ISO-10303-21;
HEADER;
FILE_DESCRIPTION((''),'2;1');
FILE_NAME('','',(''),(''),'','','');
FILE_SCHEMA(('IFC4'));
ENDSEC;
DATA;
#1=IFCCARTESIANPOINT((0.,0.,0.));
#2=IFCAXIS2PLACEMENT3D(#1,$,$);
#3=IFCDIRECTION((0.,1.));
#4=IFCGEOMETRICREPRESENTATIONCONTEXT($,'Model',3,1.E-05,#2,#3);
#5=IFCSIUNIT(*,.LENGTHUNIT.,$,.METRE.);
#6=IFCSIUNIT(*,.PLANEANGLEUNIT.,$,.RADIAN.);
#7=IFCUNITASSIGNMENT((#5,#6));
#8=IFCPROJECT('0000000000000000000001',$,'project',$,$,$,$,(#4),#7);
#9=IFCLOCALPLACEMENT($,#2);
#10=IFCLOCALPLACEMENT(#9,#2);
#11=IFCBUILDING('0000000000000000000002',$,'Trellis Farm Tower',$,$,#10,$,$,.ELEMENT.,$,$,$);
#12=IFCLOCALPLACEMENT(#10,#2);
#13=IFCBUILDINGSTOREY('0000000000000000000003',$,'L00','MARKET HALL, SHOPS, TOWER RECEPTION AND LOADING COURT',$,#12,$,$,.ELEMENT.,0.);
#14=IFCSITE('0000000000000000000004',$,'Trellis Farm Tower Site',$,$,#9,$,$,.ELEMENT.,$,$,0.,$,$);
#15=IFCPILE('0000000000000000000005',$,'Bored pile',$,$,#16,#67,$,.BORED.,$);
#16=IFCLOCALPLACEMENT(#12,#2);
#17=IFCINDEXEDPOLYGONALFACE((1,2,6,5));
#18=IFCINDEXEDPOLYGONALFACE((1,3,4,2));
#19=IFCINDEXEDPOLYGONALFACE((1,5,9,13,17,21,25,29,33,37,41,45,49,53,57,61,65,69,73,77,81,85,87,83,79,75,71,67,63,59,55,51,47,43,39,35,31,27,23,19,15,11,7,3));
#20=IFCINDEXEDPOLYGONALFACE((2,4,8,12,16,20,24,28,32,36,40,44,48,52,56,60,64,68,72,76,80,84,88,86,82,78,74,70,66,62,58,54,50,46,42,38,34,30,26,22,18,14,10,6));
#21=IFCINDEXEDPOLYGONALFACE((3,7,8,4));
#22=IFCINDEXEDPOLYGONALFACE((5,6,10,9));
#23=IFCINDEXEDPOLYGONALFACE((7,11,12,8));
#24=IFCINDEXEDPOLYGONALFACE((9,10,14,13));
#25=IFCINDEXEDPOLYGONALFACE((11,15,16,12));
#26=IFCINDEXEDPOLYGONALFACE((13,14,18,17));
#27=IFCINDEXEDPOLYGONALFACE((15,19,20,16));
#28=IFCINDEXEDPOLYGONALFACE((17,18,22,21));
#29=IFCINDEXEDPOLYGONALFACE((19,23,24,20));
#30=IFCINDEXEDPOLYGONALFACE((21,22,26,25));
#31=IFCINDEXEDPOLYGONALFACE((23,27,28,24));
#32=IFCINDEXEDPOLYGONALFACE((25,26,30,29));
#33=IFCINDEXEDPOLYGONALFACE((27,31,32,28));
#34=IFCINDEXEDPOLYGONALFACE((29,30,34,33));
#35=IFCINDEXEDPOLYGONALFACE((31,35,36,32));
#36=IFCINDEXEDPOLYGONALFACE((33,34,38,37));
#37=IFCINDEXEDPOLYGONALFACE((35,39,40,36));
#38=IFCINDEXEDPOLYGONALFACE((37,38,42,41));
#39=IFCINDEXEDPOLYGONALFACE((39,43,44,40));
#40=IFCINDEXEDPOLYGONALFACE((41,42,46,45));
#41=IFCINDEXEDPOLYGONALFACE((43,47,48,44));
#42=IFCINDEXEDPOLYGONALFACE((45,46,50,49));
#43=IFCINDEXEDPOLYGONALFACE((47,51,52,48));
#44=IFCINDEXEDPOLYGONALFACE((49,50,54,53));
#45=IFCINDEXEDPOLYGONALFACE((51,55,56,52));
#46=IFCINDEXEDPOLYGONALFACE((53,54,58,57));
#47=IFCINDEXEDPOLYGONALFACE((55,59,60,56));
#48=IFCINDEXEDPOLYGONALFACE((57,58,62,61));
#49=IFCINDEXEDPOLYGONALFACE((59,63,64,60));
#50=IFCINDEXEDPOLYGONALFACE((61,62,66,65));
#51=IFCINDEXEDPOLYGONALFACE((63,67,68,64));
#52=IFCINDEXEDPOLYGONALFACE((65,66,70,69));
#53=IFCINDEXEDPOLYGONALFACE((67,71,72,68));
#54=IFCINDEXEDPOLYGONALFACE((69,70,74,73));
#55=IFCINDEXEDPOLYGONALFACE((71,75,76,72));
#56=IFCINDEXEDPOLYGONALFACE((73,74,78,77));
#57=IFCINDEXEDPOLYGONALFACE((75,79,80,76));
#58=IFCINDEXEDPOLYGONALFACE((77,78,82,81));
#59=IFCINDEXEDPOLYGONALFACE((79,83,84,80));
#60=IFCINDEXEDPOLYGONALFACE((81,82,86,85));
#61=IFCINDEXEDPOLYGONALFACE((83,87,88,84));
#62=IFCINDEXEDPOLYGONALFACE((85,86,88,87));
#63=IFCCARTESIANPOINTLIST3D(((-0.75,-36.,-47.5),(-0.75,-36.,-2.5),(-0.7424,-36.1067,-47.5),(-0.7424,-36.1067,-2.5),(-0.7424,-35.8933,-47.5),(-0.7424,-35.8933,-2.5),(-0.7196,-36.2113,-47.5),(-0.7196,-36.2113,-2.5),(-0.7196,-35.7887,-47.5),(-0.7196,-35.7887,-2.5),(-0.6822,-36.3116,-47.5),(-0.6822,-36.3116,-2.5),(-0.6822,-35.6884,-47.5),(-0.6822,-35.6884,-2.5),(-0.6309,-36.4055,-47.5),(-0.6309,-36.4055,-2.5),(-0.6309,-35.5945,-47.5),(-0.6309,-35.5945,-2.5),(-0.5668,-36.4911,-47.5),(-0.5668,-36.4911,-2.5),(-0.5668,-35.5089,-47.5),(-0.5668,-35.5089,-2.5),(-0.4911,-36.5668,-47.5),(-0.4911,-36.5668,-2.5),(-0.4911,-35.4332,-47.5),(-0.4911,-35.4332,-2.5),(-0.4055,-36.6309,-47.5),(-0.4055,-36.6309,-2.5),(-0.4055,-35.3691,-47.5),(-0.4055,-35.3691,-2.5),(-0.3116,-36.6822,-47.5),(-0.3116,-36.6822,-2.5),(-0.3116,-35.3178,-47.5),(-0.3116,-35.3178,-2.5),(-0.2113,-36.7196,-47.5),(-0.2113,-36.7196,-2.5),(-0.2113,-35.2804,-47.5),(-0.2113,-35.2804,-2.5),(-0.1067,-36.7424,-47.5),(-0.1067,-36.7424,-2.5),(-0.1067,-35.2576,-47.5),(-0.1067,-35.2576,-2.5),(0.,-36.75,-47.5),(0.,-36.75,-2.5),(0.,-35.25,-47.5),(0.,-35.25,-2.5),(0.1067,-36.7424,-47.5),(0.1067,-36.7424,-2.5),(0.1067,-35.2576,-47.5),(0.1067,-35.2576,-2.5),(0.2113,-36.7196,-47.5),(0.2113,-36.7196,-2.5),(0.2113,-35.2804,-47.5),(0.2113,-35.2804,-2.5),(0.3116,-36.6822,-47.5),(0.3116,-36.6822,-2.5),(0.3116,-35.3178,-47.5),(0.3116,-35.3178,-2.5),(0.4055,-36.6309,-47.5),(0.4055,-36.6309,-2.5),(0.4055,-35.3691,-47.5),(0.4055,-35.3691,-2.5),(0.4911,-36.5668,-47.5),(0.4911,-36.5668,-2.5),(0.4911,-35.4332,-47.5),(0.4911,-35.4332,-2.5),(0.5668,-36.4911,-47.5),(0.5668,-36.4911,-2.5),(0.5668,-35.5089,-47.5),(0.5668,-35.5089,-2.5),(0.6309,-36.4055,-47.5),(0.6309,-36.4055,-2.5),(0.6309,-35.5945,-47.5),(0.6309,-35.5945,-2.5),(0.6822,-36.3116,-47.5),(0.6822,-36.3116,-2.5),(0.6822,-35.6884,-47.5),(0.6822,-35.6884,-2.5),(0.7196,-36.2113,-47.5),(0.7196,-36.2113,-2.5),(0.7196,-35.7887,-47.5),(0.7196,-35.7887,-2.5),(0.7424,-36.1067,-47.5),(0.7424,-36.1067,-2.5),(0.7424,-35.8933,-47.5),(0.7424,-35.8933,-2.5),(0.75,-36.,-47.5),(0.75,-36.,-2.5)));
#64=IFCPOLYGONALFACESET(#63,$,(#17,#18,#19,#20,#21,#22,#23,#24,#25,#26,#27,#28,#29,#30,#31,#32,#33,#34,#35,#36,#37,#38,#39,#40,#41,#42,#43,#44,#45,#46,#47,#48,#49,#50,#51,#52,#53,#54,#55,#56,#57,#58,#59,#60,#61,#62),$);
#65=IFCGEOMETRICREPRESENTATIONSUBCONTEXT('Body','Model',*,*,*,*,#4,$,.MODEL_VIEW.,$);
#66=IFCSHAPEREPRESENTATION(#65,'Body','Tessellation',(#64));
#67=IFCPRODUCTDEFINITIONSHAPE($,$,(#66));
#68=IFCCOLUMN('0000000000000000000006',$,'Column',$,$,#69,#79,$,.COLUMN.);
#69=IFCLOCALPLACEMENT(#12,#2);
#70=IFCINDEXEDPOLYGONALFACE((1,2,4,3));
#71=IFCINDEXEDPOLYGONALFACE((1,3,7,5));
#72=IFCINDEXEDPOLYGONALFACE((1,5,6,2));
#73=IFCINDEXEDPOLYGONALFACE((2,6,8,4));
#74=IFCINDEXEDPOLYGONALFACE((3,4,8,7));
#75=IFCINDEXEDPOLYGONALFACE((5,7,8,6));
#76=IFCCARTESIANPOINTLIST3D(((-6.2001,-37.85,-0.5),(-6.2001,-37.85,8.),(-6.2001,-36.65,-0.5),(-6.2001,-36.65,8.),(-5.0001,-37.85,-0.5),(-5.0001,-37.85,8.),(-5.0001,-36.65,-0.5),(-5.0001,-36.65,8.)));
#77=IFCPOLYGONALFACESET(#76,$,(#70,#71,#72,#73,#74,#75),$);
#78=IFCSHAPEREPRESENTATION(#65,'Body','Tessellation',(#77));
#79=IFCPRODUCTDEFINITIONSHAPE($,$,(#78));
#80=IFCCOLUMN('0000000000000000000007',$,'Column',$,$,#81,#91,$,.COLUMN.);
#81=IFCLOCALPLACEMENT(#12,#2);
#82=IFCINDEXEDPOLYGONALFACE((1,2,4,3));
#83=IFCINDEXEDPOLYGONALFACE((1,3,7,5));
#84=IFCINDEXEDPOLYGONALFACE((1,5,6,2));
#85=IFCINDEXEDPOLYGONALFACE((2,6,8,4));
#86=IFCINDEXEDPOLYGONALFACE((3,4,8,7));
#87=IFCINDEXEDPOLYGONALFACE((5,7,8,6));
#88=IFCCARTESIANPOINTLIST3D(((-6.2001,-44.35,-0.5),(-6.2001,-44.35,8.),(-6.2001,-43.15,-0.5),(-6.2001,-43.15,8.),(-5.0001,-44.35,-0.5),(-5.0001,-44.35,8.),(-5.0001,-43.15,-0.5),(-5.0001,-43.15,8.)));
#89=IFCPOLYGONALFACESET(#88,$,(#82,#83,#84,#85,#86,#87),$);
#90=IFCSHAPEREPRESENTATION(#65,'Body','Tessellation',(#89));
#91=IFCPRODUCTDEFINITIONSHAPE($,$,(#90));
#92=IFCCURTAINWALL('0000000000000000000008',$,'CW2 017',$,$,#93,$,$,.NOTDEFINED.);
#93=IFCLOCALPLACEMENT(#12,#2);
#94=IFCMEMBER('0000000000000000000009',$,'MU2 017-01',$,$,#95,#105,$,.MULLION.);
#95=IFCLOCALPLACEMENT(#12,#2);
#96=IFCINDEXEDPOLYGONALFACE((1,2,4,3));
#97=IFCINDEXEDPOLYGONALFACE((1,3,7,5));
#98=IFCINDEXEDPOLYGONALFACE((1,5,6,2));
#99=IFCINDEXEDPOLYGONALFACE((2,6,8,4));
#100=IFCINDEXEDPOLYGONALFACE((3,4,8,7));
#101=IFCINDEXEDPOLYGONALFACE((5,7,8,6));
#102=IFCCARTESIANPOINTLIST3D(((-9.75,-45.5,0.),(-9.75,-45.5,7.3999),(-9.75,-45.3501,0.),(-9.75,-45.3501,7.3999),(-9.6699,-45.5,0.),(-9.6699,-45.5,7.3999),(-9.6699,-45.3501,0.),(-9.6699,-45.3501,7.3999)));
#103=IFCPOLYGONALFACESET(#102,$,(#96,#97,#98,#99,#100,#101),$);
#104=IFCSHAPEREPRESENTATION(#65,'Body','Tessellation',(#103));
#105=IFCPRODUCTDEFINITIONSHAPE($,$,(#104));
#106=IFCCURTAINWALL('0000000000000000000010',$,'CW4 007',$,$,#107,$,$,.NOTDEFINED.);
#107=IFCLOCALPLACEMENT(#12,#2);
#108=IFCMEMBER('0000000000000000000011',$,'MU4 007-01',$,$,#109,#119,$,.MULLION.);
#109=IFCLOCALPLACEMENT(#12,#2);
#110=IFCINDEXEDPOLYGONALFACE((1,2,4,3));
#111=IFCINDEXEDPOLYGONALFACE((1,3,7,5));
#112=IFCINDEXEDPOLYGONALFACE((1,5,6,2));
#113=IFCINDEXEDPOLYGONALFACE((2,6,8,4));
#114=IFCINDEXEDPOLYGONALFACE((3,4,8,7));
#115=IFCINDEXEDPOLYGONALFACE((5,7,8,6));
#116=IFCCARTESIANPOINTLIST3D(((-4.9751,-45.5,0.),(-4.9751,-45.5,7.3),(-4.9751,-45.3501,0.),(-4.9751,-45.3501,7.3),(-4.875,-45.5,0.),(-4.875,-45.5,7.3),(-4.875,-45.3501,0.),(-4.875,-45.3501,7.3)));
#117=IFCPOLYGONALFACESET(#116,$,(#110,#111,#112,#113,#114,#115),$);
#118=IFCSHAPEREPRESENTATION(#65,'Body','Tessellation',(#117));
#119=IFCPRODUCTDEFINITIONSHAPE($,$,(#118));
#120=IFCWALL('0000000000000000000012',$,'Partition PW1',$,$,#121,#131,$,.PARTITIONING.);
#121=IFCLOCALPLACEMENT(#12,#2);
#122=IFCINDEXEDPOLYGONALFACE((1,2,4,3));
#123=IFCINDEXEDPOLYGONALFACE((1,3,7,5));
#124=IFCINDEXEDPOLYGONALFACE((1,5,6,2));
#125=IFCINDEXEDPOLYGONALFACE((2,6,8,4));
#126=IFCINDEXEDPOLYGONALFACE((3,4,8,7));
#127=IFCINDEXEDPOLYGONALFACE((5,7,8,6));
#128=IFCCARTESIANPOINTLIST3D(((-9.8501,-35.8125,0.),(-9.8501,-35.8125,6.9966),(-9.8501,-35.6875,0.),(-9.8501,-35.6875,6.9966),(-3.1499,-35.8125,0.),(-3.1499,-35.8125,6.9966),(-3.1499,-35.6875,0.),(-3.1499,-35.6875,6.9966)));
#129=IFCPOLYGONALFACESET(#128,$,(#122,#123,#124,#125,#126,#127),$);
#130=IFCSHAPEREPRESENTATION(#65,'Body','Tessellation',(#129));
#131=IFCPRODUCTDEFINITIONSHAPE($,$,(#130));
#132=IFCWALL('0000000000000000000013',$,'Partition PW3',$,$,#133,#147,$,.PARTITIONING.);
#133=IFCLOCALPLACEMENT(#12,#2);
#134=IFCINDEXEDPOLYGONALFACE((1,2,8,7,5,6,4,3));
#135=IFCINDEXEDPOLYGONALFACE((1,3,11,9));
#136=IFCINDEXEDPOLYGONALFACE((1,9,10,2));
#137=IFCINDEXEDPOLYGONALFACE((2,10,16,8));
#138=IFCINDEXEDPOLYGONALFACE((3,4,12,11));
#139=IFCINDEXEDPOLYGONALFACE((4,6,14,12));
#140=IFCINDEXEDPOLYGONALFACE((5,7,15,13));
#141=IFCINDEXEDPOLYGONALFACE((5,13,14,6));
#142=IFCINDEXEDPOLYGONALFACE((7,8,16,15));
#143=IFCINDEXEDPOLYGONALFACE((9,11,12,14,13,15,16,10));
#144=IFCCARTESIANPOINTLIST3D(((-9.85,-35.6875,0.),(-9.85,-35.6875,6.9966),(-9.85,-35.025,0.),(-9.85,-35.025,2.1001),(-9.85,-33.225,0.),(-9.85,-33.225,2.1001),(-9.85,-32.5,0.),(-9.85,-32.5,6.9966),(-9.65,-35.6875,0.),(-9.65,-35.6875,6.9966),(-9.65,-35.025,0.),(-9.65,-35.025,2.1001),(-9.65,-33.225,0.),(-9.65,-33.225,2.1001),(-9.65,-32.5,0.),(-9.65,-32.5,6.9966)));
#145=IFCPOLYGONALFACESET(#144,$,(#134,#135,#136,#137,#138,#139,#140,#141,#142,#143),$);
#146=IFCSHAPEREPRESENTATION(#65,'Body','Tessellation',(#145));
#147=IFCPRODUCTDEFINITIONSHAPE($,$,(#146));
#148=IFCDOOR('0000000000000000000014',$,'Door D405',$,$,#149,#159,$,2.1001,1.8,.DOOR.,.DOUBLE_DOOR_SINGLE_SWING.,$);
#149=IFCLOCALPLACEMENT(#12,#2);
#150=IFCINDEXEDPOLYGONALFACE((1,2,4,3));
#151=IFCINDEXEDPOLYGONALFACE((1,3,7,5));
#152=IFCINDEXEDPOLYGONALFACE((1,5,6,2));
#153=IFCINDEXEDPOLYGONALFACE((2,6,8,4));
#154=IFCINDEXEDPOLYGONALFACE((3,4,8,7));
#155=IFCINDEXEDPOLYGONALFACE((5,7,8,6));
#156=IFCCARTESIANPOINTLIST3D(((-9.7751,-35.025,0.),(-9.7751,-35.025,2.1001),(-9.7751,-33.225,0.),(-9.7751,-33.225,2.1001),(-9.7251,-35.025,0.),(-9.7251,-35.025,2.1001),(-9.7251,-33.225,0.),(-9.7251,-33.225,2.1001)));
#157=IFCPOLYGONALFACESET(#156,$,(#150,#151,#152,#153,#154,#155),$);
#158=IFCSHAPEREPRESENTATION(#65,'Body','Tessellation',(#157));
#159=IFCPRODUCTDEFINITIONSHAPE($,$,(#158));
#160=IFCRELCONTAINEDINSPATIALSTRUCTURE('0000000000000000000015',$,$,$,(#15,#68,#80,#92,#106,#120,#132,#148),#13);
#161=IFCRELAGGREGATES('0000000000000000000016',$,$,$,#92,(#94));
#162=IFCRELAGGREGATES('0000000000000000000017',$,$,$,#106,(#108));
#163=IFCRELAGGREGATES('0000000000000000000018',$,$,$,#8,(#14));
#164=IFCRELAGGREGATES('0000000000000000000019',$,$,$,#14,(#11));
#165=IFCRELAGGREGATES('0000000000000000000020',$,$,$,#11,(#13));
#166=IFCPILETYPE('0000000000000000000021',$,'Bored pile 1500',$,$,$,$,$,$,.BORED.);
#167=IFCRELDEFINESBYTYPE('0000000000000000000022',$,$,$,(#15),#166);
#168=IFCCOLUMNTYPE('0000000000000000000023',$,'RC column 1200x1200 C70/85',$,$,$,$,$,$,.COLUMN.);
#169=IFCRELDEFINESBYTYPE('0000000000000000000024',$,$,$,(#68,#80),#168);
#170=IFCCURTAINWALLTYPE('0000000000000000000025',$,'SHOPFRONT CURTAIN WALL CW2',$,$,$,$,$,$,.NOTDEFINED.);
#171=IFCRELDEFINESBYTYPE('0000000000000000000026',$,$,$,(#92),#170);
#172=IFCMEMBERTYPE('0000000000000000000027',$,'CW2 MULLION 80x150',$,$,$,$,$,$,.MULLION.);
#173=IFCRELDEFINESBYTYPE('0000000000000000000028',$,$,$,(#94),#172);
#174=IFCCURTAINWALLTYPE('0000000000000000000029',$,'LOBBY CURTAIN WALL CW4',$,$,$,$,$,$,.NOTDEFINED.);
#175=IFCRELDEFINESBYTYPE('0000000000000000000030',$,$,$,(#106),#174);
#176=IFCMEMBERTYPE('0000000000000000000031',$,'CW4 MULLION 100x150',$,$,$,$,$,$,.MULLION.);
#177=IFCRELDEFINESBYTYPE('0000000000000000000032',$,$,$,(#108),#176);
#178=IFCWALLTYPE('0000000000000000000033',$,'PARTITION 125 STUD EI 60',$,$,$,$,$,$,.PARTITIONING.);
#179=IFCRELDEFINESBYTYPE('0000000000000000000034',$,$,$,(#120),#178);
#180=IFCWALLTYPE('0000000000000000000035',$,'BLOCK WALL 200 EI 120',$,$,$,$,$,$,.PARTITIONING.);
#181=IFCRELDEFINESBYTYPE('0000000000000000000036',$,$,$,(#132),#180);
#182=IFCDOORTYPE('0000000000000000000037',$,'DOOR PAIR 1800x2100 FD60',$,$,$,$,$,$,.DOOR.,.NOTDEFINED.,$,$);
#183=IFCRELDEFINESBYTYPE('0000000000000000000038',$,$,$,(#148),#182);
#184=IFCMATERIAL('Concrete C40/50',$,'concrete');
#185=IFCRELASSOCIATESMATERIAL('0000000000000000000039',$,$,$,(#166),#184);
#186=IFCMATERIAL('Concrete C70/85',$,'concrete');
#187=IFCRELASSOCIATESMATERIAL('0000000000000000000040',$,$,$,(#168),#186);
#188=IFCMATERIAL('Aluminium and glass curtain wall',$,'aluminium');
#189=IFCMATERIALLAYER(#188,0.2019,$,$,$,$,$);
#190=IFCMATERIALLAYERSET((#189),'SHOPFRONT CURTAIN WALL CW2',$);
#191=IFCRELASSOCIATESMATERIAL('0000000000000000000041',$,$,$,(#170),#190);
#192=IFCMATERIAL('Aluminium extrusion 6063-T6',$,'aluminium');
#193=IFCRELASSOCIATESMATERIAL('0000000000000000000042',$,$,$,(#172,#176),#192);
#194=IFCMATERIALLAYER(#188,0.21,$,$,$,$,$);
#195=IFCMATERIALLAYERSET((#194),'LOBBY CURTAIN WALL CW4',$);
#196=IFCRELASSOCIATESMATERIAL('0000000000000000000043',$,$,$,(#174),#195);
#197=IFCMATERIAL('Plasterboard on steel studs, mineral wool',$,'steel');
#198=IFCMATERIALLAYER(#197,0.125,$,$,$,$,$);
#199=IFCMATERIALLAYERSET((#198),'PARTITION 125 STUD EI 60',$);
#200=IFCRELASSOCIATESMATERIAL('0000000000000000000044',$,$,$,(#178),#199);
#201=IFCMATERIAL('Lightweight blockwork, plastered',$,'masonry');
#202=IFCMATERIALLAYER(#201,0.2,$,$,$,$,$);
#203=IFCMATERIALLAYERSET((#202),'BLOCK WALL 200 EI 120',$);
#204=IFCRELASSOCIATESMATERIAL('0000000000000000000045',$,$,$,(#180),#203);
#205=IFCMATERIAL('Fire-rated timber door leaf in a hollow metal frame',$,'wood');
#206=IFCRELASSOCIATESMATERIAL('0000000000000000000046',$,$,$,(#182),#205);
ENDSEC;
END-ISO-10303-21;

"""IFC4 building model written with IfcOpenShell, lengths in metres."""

from ifc_helpers import new_model, si_unit, direction, frame, frame_2d, origin, origin_2d, place, context, subcontext, project, spatial, rectangle, circle, extrude, source, transform, mapped, material, layer, layer_set, material_profile, profile_set, type_object, element, fill, aggregate, save


model = new_model("IFC4")

# Units and contexts
model_context = context("Model", 3, precision=1e-05, world=origin(), true_north=direction((0.0, 1.0)))
body_context = subcontext(model_context, "Body", "Model", "MODEL_VIEW")
ifc_project = project(units=[si_unit("LENGTHUNIT", "METRE"), si_unit("PLANEANGLEUNIT", "RADIAN")], contexts=[model_context])

# Site, building, storey
site_placement = place(None, origin())
site = spatial("IfcSite", under=ifc_project, at=site_placement, Name="Trellis Farm Tower Site", CompositionType="ELEMENT", RefElevation=0.0)
building_placement = place(site_placement, origin())
building = spatial("IfcBuilding", under=site, at=building_placement, Name="Trellis Farm Tower", CompositionType="ELEMENT")
storey_placement = place(building_placement, origin())
storey = spatial("IfcBuildingStorey", under=building, at=storey_placement, Name="L00", Description="MARKET HALL, SHOPS, TOWER RECEPTION AND LOADING COURT", CompositionType="ELEMENT", Elevation=0.0)

# Pile
ifc_material_1 = material(Name="Concrete C40/50", Category="concrete")
ifc_material_profile_1 = material_profile(ifc_material_1, circle(Radius=0.75, at=origin_2d()), Name="Bored pile 1500")
ifc_profile_set_1 = profile_set([ifc_material_profile_1], Name="Concrete C40/50")
pile_type = type_object("IfcPileType", Name="Bored pile 1500", PredefinedType="BORED", material=ifc_profile_set_1)
shared_shape_1 = source(origin(), body_context, "Body", "SweptSolid", [
    extrude(circle(Radius=0.75, at=origin_2d()), origin(), (0.0, 0.0, 1.0), 45.0),
])
for number, where, z_axis, x_axis, name in (
    (1, (0.0, -36.0, -2.5), (0.0, 0.0, -1.0), (1.0, 0.0, 0.0), "Bored pile"),
):
    element("IfcPile", number, at=place(storey_placement, frame(where, z_axis=z_axis, x_axis=x_axis)), inside=storey, type_object=pile_type, Name=name, PredefinedType="BORED", context=body_context, shape_type="MappedRepresentation", body=[
        mapped(shared_shape_1, transform((0.0, 0.0, 0.0))),
    ])

# Columns
ifc_material_2 = material(Name="Concrete C70/85", Category="concrete")
ifc_material_profile_2 = material_profile(ifc_material_2, rectangle(XDim=1.2, YDim=1.2, at=origin_2d()), Name="RC column 1200x1200 C70/85")
ifc_profile_set_2 = profile_set([ifc_material_profile_2], Name="Concrete C70/85")
column_type = type_object("IfcColumnType", Name="RC column 1200x1200 C70/85", PredefinedType="COLUMN", material=ifc_profile_set_2)
shared_shape_2 = source(origin(), body_context, "Body", "SweptSolid", [
    extrude(rectangle(XDim=1.2, YDim=1.2, at=origin_2d()), origin(), (0.0, 0.0, 1.0), 8.5),
])
for number, where, z_axis, x_axis, name in (
    (2, (-5.6001, -37.25, -0.5), (0.0, 0.0, 1.0), (1.0, 0.0, 0.0), "Column"),
    (3, (-5.6001, -43.75, -0.5), (0.0, 0.0, 1.0), (1.0, 0.0, 0.0), "Column"),
):
    element("IfcColumn", number, at=place(storey_placement, frame(where, z_axis=z_axis, x_axis=x_axis)), inside=storey, type_object=column_type, Name=name, PredefinedType="COLUMN", context=body_context, shape_type="MappedRepresentation", body=[
        mapped(shared_shape_2, transform((0.0, 0.0, 0.0))),
    ])

# Curtain walls, members
ifc_material_3 = material(Name="Aluminium and glass curtain wall", Category="aluminium")
ifc_layer_1 = layer(ifc_material_3, 0.2019)
ifc_layer_set_1 = layer_set([ifc_layer_1], Name="SHOPFRONT CURTAIN WALL CW2")
curtain_wall_type_1 = type_object("IfcCurtainWallType", Name="SHOPFRONT CURTAIN WALL CW2", PredefinedType="NOTDEFINED", material=ifc_layer_set_1)
placement = place(storey_placement, origin())
curtain_wall_1 = element("IfcCurtainWall", 4, at=placement, inside=storey, type_object=curtain_wall_type_1, Name="CW2 017", PredefinedType="NOTDEFINED")
ifc_material_4 = material(Name="Aluminium extrusion 6063-T6", Category="aluminium")
ifc_material_profile_3 = material_profile(ifc_material_4, rectangle(XDim=0.0801, YDim=0.1499, at=origin_2d()), Name="MULLION 80x150")
ifc_profile_set_3 = profile_set([ifc_material_profile_3], Name="Aluminium extrusion 6063-T6")
member_type_1 = type_object("IfcMemberType", Name="CW2 MULLION 80x150", PredefinedType="MULLION", material=ifc_profile_set_3)
shared_shape_3 = source(origin(), body_context, "Body", "SweptSolid", [
    extrude(rectangle(XDim=0.0801, YDim=0.1499, at=origin_2d()), origin(), (0.0, 0.0, 1.0), 7.3999),
])
member_1_placement = place(storey_placement, frame((-9.71, -45.425, 0.0), z_axis=(0.0, 0.0, 1.0), x_axis=(1.0, 0.0, 0.0)))
member_1 = element("IfcMember", 5, at=member_1_placement, type_object=member_type_1, Name="MU2 017-01", PredefinedType="MULLION", context=body_context, shape_type="MappedRepresentation", body=[
    mapped(shared_shape_3, transform((0.0, 0.0, 0.0))),
])
aggregate(curtain_wall_1, [member_1])
ifc_layer_2 = layer(ifc_material_3, 0.21)
ifc_layer_set_2 = layer_set([ifc_layer_2], Name="LOBBY CURTAIN WALL CW4")
curtain_wall_type_2 = type_object("IfcCurtainWallType", Name="LOBBY CURTAIN WALL CW4", PredefinedType="NOTDEFINED", material=ifc_layer_set_2)
curtain_wall_2 = element("IfcCurtainWall", 6, at=placement, inside=storey, type_object=curtain_wall_type_2, Name="CW4 007", PredefinedType="NOTDEFINED")
ifc_material_profile_4 = material_profile(ifc_material_4, rectangle(XDim=0.1001, YDim=0.1499, at=origin_2d()), Name="MULLION 100x150")
ifc_profile_set_4 = profile_set([ifc_material_profile_4], Name="Aluminium extrusion 6063-T6")
member_type_2 = type_object("IfcMemberType", Name="CW4 MULLION 100x150", PredefinedType="MULLION", material=ifc_profile_set_4)
shared_shape_4 = source(origin(), body_context, "Body", "SweptSolid", [
    extrude(rectangle(XDim=0.1001, YDim=0.1499, at=origin_2d()), origin(), (0.0, 0.0, 1.0), 7.3),
])
member_2_placement = place(storey_placement, frame((-4.925, -45.425, 0.0), z_axis=(0.0, 0.0, 1.0), x_axis=(1.0, 0.0, 0.0)))
member_2 = element("IfcMember", 7, at=member_2_placement, type_object=member_type_2, Name="MU4 007-01", PredefinedType="MULLION", context=body_context, shape_type="MappedRepresentation", body=[
    mapped(shared_shape_4, transform((0.0, 0.0, 0.0))),
])
aggregate(curtain_wall_2, [member_2])

# Wall
ifc_material_5 = material(Name="Plasterboard on steel studs, mineral wool", Category="steel")
ifc_layer_3 = layer(ifc_material_5, 0.125)
ifc_layer_set_3 = layer_set([ifc_layer_3], Name="PARTITION 125 STUD EI 60")
wall_type_1 = type_object("IfcWallType", Name="PARTITION 125 STUD EI 60", PredefinedType="PARTITIONING", material=ifc_layer_set_3)
wall_1_placement = place(storey_placement, frame((-3.1499, -35.75, 0.0), z_axis=(0.0, 0.0, 1.0), x_axis=(-1.0, 0.0, 0.0)))
element("IfcWall", 8, at=wall_1_placement, inside=storey, type_object=wall_type_1, Name="Partition PW1", PredefinedType="PARTITIONING", context=body_context, shape_type="SweptSolid", body=[
    extrude(rectangle(XDim=6.7002, YDim=0.125, at=frame_2d((3.3501, 0.0))), origin(), (0.0, 0.0, 1.0), 6.9966),
])

# Wall, opening, door
ifc_material_6 = material(Name="Lightweight blockwork, plastered", Category="masonry")
ifc_layer_4 = layer(ifc_material_6, 0.2)
ifc_layer_set_4 = layer_set([ifc_layer_4], Name="BLOCK WALL 200 EI 120")
wall_type_2 = type_object("IfcWallType", Name="BLOCK WALL 200 EI 120", PredefinedType="PARTITIONING", material=ifc_layer_set_4)
shared_shape_5 = source(origin(), body_context, "Body", "SweptSolid", [
    extrude(rectangle(XDim=3.1875, YDim=0.2, at=frame_2d((1.5938, 0.0))), origin(), (0.0, 0.0, 1.0), 6.9966),
])
wall_2_placement = place(storey_placement, frame((-9.75, -32.5, 0.0), z_axis=(0.0, 0.0, 1.0), x_axis=(0.0, -1.0, 0.0)))
wall_2 = element("IfcWall", 9, at=wall_2_placement, inside=storey, type_object=wall_type_2, Name="Partition PW3", PredefinedType="PARTITIONING", context=body_context, shape_type="MappedRepresentation", body=[
    mapped(shared_shape_5, transform((0.0, 0.0, 0.0))),
])
shared_shape_6 = source(origin(), body_context, "Body", "SweptSolid", [
    extrude(rectangle(XDim=1.8, YDim=2.1001, at=frame_2d((0.8999, 1.05))), frame((0.0, 0.1101, 0.0), z_axis=(0.0, -1.0, 0.0), x_axis=(1.0, 0.0, 0.0)), (0.0, 0.0, 1.0), 0.2202),
])
opening_1_placement = place(wall_2_placement, frame((0.7251, 0.0, 0.0)))
opening_1 = element("IfcOpeningElement", 10, at=opening_1_placement, cuts=wall_2, PredefinedType="OPENING", context=body_context, shape_type="MappedRepresentation", body=[
    mapped(shared_shape_6, transform((0.0, 0.0, 0.0))),
])
ifc_material_7 = material(Name="Fire-rated timber door leaf in a hollow metal frame", Category="wood")
door_type_1 = type_object("IfcDoorType", Name="DOOR PAIR 1800x2100 FD60", OperationType="NOTDEFINED", PredefinedType="DOOR", material=ifc_material_7)
shared_shape_7 = source(origin(), body_context, "Body", "SweptSolid", [
    extrude(rectangle(XDim=1.8, YDim=2.1001, at=frame_2d((0.8999, 1.05))), frame((0.0, 0.0249, 0.0), z_axis=(0.0, -1.0, 0.0), x_axis=(1.0, 0.0, 0.0)), (0.0, 0.0, 1.0), 0.05),
])
door_1_placement = place(opening_1_placement, origin())
door_1 = element("IfcDoor", 11, at=door_1_placement, inside=storey, type_object=door_type_1, Name="Door D405", OperationType="DOUBLE_DOOR_SINGLE_SWING", OverallHeight=2.1001, OverallWidth=1.8, PredefinedType="DOOR", context=body_context, shape_type="MappedRepresentation", body=[
    mapped(shared_shape_7, transform((0.0, 0.0, 0.0))),
])
fill(opening_1, door_1)

save(model, "model.ifc")
